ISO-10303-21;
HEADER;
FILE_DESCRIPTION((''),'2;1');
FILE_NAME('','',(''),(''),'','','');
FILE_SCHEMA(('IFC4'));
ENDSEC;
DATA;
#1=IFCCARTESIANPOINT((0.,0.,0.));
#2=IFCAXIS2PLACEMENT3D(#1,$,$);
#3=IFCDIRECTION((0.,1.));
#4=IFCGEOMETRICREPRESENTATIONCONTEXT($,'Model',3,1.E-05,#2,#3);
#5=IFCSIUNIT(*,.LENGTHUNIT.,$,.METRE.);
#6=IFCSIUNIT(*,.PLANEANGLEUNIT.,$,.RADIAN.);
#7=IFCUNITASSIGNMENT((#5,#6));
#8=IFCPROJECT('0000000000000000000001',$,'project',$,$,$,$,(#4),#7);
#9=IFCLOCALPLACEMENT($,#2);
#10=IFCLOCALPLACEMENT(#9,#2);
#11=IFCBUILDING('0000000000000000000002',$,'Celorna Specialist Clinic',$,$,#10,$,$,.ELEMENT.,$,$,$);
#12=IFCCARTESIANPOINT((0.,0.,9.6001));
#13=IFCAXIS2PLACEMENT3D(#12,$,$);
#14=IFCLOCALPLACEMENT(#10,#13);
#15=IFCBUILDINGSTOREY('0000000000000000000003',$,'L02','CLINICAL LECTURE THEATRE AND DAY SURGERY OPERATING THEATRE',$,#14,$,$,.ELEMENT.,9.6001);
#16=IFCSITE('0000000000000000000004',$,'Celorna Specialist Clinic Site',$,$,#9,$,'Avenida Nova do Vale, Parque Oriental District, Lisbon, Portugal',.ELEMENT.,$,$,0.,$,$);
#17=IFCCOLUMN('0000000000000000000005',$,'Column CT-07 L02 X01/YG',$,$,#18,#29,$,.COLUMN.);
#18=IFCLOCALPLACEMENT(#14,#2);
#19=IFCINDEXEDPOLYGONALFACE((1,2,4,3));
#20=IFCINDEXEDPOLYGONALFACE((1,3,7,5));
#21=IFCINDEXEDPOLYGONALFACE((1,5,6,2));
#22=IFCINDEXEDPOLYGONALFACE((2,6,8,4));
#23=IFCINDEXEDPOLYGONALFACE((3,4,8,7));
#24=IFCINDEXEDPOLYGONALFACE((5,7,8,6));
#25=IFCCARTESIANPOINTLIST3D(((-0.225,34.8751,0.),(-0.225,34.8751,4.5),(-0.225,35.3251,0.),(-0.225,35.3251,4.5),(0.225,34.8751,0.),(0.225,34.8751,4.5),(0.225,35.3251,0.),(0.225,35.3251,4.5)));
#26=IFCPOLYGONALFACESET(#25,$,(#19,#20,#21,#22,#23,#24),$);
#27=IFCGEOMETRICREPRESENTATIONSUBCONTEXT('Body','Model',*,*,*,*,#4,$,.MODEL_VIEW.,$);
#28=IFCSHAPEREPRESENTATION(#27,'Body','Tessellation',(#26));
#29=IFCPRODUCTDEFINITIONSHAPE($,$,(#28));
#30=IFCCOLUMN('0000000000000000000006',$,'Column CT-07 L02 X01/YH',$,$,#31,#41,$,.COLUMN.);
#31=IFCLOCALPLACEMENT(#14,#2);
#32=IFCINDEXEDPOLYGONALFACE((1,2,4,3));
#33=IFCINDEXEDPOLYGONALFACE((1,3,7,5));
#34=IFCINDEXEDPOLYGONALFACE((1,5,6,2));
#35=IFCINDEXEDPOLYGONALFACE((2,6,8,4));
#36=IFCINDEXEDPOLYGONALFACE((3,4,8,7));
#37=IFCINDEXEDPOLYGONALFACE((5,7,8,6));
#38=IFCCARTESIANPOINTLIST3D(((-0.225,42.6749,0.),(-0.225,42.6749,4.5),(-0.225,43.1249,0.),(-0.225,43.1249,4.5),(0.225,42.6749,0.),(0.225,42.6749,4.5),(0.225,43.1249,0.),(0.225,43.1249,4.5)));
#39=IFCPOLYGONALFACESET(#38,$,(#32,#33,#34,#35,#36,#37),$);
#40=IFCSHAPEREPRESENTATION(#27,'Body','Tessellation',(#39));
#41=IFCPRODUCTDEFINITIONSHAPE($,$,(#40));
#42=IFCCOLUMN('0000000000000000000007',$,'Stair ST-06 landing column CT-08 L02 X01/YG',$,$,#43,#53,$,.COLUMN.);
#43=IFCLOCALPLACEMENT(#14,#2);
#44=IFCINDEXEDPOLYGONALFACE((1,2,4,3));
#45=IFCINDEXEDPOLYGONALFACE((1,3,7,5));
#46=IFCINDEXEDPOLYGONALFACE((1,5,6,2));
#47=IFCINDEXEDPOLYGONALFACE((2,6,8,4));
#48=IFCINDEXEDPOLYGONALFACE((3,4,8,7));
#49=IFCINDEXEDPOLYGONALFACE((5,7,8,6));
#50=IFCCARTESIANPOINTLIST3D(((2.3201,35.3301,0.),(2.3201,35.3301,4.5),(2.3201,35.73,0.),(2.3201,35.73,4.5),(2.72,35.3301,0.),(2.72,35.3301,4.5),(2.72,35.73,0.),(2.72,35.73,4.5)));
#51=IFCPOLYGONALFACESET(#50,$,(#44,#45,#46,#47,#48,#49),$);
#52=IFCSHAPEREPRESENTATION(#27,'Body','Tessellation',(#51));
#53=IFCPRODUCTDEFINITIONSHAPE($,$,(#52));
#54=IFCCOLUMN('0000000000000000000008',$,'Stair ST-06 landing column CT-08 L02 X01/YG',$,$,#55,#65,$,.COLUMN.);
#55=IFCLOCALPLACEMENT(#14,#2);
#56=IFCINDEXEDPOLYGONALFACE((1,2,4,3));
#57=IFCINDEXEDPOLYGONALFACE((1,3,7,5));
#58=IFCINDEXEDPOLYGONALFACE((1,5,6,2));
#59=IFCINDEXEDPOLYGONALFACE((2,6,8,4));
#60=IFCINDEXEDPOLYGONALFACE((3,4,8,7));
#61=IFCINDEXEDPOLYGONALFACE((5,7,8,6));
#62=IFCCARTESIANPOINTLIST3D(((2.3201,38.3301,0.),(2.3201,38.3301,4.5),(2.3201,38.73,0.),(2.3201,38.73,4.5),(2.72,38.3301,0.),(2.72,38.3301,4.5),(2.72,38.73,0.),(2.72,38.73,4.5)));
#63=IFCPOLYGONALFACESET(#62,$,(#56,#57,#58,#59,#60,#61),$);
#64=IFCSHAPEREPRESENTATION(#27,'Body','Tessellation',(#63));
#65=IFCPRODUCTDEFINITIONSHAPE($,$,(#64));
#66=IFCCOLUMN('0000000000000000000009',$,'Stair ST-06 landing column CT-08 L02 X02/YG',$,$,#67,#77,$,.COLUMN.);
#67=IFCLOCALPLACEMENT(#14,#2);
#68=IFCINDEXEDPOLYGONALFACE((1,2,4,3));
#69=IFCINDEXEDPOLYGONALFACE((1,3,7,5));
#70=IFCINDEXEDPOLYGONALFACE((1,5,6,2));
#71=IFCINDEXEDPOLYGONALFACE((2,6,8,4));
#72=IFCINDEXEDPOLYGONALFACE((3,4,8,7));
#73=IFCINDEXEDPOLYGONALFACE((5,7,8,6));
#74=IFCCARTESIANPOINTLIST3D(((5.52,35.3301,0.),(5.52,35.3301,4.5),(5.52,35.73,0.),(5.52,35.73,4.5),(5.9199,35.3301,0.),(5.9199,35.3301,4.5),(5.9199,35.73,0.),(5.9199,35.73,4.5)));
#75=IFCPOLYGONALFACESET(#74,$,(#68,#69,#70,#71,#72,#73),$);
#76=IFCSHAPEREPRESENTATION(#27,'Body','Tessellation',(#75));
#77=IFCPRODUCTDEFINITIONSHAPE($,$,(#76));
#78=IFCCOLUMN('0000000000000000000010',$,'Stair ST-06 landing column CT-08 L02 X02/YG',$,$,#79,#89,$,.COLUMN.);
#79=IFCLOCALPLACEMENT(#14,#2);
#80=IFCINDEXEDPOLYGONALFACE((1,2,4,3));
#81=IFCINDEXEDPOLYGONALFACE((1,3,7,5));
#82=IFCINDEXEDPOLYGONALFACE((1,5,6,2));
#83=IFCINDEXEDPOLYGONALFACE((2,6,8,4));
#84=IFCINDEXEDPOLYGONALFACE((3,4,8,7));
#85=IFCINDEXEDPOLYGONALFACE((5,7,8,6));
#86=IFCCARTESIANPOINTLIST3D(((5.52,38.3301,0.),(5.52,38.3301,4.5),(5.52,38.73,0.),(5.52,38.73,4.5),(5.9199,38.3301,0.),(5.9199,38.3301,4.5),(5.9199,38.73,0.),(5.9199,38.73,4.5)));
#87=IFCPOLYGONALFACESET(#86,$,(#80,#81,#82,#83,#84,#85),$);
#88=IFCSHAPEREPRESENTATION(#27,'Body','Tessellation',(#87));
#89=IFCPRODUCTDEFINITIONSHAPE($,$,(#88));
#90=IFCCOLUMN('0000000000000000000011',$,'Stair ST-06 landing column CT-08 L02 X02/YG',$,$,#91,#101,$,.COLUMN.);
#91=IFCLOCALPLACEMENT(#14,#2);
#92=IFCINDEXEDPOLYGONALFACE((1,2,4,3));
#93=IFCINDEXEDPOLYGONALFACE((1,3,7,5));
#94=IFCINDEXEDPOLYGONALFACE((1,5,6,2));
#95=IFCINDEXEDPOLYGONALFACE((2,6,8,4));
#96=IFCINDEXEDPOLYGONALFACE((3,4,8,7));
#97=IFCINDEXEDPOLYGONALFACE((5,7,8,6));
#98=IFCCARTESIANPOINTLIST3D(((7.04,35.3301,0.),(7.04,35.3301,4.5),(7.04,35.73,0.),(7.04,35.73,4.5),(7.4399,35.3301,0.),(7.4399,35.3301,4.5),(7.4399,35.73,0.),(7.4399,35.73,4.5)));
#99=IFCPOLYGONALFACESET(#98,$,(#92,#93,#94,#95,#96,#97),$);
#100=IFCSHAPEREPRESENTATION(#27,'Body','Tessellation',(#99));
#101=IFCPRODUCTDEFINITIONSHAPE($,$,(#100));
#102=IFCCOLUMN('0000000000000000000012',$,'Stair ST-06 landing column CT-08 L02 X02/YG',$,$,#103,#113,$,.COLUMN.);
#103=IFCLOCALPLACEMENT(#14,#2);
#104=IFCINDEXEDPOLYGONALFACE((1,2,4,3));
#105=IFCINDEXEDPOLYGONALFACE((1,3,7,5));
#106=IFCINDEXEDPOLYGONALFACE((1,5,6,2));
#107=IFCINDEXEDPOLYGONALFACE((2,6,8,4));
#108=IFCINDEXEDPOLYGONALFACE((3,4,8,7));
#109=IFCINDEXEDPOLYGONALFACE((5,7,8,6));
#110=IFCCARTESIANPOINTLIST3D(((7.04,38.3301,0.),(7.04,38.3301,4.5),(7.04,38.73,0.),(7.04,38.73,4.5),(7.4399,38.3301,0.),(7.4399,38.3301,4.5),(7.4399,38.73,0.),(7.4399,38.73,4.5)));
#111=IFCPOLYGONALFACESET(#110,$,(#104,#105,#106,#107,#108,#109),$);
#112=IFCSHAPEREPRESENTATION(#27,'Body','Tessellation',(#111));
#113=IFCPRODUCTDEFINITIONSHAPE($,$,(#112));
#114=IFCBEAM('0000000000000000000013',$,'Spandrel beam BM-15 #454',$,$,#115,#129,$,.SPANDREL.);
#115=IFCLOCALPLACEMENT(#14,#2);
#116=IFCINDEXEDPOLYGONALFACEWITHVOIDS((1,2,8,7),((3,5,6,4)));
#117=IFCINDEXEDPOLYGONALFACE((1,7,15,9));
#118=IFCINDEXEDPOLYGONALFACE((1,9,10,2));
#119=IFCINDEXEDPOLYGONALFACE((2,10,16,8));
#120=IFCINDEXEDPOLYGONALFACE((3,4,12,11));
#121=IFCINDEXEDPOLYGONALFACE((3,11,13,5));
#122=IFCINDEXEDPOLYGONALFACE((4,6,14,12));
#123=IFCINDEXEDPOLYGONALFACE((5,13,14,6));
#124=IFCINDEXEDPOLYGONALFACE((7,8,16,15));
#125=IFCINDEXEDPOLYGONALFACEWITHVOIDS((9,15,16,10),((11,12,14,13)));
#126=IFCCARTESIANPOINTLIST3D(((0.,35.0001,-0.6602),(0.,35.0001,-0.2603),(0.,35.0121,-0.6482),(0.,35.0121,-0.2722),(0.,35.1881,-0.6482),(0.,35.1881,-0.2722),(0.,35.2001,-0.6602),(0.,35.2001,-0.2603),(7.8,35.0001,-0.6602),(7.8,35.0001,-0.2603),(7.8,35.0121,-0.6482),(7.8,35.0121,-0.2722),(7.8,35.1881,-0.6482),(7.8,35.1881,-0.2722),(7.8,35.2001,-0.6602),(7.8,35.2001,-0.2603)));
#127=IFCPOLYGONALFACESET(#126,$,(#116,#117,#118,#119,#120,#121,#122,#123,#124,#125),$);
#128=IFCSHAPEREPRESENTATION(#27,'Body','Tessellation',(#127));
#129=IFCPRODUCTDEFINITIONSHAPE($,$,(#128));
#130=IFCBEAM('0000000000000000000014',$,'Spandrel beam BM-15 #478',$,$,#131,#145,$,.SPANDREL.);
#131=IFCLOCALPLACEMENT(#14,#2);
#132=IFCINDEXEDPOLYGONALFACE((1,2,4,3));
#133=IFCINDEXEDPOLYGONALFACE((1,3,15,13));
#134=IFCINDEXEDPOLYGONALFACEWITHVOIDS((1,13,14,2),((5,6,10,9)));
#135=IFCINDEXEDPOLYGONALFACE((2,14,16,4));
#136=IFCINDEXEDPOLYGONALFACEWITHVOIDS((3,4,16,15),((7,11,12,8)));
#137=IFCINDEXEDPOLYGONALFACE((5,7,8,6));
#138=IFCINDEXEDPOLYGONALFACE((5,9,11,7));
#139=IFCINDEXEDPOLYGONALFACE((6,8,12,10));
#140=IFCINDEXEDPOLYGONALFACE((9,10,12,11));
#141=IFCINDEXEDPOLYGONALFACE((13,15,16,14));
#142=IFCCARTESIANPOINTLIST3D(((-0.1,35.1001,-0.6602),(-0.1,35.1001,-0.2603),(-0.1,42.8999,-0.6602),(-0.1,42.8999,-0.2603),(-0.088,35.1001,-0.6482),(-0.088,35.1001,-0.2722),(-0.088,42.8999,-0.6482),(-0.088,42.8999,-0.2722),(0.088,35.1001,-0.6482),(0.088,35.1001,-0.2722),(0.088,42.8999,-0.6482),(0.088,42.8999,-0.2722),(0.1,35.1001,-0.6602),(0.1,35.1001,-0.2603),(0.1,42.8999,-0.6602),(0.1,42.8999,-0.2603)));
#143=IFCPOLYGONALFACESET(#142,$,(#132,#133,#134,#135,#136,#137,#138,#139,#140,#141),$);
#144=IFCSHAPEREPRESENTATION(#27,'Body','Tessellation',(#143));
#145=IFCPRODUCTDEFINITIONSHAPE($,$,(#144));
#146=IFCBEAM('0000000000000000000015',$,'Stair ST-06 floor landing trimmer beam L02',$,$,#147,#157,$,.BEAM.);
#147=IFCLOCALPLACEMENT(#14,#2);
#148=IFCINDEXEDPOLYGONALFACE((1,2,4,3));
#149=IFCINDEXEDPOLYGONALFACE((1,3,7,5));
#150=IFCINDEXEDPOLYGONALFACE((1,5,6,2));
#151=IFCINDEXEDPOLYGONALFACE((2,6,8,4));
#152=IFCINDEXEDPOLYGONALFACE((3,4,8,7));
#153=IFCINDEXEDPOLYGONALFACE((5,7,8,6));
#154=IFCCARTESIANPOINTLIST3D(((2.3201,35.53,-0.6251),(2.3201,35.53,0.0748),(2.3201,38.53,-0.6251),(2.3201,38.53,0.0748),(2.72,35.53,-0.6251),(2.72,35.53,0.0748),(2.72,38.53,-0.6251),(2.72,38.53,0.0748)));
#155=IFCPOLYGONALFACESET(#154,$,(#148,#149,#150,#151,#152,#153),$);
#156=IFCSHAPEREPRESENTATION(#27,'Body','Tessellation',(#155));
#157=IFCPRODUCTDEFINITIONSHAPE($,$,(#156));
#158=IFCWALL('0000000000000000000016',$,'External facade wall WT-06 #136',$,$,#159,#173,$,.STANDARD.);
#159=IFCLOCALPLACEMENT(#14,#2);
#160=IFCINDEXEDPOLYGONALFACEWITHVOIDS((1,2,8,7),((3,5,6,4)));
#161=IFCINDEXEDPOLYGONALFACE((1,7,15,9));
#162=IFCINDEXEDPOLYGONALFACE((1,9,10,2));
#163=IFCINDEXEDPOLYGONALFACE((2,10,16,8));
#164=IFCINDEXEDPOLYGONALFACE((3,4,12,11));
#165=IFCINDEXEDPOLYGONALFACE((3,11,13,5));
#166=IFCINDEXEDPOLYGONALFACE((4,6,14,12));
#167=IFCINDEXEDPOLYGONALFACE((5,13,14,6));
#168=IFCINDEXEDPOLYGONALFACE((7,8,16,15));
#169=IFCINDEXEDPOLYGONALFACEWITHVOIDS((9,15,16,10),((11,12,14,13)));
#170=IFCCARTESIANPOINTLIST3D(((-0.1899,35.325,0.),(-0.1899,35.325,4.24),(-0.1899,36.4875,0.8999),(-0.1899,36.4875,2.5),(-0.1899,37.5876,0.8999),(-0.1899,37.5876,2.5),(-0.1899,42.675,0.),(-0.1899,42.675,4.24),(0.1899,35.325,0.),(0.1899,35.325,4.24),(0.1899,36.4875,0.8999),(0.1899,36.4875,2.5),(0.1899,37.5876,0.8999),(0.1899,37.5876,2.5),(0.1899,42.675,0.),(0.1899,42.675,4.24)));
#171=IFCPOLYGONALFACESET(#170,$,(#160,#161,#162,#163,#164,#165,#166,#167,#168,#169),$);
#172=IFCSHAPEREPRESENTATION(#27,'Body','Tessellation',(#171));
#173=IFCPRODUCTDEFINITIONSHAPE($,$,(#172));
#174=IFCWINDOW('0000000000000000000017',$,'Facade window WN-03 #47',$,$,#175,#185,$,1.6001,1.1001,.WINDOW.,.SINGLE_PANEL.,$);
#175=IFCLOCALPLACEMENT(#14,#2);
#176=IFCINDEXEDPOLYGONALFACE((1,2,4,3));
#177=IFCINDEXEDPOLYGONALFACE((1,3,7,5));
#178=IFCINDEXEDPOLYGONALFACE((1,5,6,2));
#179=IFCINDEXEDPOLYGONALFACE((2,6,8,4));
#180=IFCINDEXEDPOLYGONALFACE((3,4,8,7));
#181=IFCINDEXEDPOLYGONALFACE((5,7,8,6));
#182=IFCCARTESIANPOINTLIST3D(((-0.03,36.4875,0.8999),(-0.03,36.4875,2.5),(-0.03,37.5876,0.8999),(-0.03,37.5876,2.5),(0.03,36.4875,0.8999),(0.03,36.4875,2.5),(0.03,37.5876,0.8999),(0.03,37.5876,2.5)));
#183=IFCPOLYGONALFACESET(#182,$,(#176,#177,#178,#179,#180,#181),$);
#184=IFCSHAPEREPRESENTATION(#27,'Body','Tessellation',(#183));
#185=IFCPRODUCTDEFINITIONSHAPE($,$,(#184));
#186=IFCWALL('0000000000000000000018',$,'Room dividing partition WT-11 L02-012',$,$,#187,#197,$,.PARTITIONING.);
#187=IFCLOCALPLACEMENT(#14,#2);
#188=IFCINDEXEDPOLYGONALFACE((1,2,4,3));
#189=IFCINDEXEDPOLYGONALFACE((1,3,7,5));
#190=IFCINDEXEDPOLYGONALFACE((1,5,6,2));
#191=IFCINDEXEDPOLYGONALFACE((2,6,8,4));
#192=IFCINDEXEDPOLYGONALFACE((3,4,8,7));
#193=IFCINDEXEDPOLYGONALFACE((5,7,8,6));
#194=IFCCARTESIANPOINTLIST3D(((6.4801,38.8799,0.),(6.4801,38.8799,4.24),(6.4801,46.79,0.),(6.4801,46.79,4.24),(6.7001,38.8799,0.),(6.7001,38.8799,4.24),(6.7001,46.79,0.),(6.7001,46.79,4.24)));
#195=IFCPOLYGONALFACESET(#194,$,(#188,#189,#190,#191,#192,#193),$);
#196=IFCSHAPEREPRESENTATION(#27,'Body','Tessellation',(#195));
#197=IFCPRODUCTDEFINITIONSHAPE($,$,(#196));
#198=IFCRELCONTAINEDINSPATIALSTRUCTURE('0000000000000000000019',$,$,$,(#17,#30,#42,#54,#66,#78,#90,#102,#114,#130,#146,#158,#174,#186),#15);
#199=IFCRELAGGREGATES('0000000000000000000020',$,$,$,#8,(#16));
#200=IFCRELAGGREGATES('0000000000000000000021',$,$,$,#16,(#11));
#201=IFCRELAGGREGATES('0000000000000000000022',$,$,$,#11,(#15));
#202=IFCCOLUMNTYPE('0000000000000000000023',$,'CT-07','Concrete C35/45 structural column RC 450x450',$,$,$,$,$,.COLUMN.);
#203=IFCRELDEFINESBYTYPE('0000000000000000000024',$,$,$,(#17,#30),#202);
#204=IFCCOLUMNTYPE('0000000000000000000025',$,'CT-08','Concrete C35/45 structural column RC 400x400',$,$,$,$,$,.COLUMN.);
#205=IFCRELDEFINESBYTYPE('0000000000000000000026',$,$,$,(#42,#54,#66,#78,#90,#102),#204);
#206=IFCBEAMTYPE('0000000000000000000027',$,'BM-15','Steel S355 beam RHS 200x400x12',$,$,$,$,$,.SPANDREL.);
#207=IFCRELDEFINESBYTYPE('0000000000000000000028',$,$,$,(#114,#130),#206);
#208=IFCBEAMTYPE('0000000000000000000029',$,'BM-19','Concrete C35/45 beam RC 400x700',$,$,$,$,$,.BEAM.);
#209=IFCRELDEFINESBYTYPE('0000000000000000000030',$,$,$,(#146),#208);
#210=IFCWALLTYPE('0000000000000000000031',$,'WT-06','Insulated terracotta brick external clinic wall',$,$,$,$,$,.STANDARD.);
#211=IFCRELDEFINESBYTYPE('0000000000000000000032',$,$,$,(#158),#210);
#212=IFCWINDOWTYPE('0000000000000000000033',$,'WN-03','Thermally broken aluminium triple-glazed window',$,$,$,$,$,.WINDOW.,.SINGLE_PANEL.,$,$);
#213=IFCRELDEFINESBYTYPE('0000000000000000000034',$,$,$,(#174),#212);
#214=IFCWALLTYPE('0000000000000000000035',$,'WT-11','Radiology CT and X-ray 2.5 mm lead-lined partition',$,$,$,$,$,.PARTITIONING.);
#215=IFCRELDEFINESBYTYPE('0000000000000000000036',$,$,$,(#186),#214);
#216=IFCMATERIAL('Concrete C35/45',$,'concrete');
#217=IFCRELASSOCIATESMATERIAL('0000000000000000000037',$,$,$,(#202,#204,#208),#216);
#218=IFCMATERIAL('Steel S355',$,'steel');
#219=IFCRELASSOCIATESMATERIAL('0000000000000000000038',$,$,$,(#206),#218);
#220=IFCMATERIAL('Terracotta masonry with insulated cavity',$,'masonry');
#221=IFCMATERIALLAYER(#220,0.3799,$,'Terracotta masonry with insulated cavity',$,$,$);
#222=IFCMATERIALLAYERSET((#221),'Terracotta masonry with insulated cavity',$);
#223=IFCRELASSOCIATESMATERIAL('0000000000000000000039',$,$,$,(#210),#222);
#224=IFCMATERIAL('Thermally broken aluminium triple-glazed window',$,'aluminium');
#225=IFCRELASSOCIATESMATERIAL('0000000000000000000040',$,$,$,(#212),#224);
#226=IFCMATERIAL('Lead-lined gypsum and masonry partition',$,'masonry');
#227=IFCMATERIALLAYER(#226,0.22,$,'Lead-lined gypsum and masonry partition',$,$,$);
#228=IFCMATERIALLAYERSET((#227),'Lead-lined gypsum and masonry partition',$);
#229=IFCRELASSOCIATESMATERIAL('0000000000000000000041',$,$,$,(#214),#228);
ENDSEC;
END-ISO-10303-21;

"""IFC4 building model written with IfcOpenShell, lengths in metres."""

from ifc_helpers import new_model, si_unit, direction, frame, frame_2d, origin, origin_2d, place, context, subcontext, project, spatial, rectangle, hollow_rectangle, extrude, material, layer, layer_set, material_profile, profile_set, type_object, element, fill, save


model = new_model("IFC4")

# Units and contexts
model_context = context("Model", 3, precision=1e-05, world=origin(), true_north=direction((0.0, 1.0)))
body_context = subcontext(model_context, "Body", "Model", "MODEL_VIEW")
ifc_project = project(units=[si_unit("LENGTHUNIT", "METRE"), si_unit("PLANEANGLEUNIT", "RADIAN")], contexts=[model_context])

# Site, building, storey
site_placement = place(None, origin())
site = spatial("IfcSite", under=ifc_project, at=site_placement, Name="Celorna Specialist Clinic Site", LongName="Avenida Nova do Vale, Parque Oriental District, Lisbon, Portugal", CompositionType="ELEMENT", RefElevation=0.0)
building_placement = place(site_placement, origin())
building = spatial("IfcBuilding", under=site, at=building_placement, Name="Celorna Specialist Clinic", CompositionType="ELEMENT")
storey_placement = place(building_placement, frame((0.0, 0.0, 9.6001)))
storey = spatial("IfcBuildingStorey", under=building, at=storey_placement, Name="L02", Description="CLINICAL LECTURE THEATRE AND DAY SURGERY OPERATING THEATRE", CompositionType="ELEMENT", Elevation=9.6001)

# Columns
ifc_material_1 = material(Name="Concrete C35/45", Category="concrete")
ifc_material_profile_1 = material_profile(ifc_material_1, rectangle(XDim=0.45, YDim=0.45, at=origin_2d()), Name="RC 450x450")
ifc_profile_set_1 = profile_set([ifc_material_profile_1], Name="Concrete C35/45")
column_type_1 = type_object("IfcColumnType", Name="CT-07", Description="Concrete C35/45 structural column RC 450x450", PredefinedType="COLUMN", material=ifc_profile_set_1)
for number, where, z_axis, x_axis, name in (
    (1, (0.0, 35.1001, 0.0), (0.0, 0.0, 1.0), (1.0, 0.0, 0.0), "Column CT-07 L02 X01/YG"),
    (2, (0.0, 42.8999, 0.0), (0.0, 0.0, 1.0), (1.0, 0.0, 0.0), "Column CT-07 L02 X01/YH"),
):
    element("IfcColumn", number, at=place(storey_placement, frame(where, z_axis=z_axis, x_axis=x_axis)), inside=storey, type_object=column_type_1, Name=name, PredefinedType="COLUMN", context=body_context, shape_type="SweptSolid", body=[
        extrude(rectangle(XDim=0.45, YDim=0.45, at=origin_2d()), origin(), (0.0, 0.0, 1.0), 4.5),
    ])
ifc_material_profile_2 = material_profile(ifc_material_1, rectangle(XDim=0.3999, YDim=0.3999, at=origin_2d()), Name="RC 400x400")
ifc_profile_set_2 = profile_set([ifc_material_profile_2], Name="Concrete C35/45")
column_type_2 = type_object("IfcColumnType", Name="CT-08", Description="Concrete C35/45 structural column RC 400x400", PredefinedType="COLUMN", material=ifc_profile_set_2)
for number, where, z_axis, x_axis, name in (
    (3, (2.52, 35.53, 0.0), (0.0, 0.0, 1.0), (1.0, 0.0, 0.0), "Stair ST-06 landing column CT-08 L02 X01/YG"),
    (4, (2.52, 38.53, 0.0), (0.0, 0.0, 1.0), (1.0, 0.0, 0.0), "Stair ST-06 landing column CT-08 L02 X01/YG"),
    (5, (5.72, 35.53, 0.0), (0.0, 0.0, 1.0), (1.0, 0.0, 0.0), "Stair ST-06 landing column CT-08 L02 X02/YG"),
    (6, (5.72, 38.53, 0.0), (0.0, 0.0, 1.0), (1.0, 0.0, 0.0), "Stair ST-06 landing column CT-08 L02 X02/YG"),
    (7, (7.24, 35.53, 0.0), (0.0, 0.0, 1.0), (1.0, 0.0, 0.0), "Stair ST-06 landing column CT-08 L02 X02/YG"),
    (8, (7.24, 38.53, 0.0), (0.0, 0.0, 1.0), (1.0, 0.0, 0.0), "Stair ST-06 landing column CT-08 L02 X02/YG"),
):
    element("IfcColumn", number, at=place(storey_placement, frame(where, z_axis=z_axis, x_axis=x_axis)), inside=storey, type_object=column_type_2, Name=name, PredefinedType="COLUMN", context=body_context, shape_type="SweptSolid", body=[
        extrude(rectangle(XDim=0.3999, YDim=0.3999, at=origin_2d()), origin(), (0.0, 0.0, 1.0), 4.5),
    ])

# Beams
ifc_material_2 = material(Name="Steel S355", Category="steel")
ifc_material_profile_3 = material_profile(ifc_material_2, hollow_rectangle(XDim=0.2, YDim=0.3999, WallThickness=0.012, at=origin_2d()), Name="RHS 200x400x12")
ifc_profile_set_3 = profile_set([ifc_material_profile_3], Name="Steel S355")
beam_type_1 = type_object("IfcBeamType", Name="BM-15", Description="Steel S355 beam RHS 200x400x12", PredefinedType="SPANDREL", material=ifc_profile_set_3)
beam_1_placement = place(storey_placement, frame((0.0, 35.1001, -0.4602), z_axis=(1.0, 0.0, 0.0), x_axis=(0.0, 1.0, 0.0)))
element("IfcBeam", 9, at=beam_1_placement, inside=storey, type_object=beam_type_1, Name="Spandrel beam BM-15 #454", PredefinedType="SPANDREL", context=body_context, shape_type="SweptSolid", body=[
    extrude(hollow_rectangle(XDim=0.2, YDim=0.3999, WallThickness=0.012, at=origin_2d()), origin(), (0.0, 0.0, 1.0), 7.8),
])
beam_2_placement = place(storey_placement, frame((0.0, 35.1001, -0.4602), z_axis=(0.0, 1.0, 0.0), x_axis=(-1.0, 0.0, 0.0)))
element("IfcBeam", 10, at=beam_2_placement, inside=storey, type_object=beam_type_1, Name="Spandrel beam BM-15 #478", PredefinedType="SPANDREL", context=body_context, shape_type="SweptSolid", body=[
    extrude(hollow_rectangle(XDim=0.2, YDim=0.3999, WallThickness=0.012, at=origin_2d()), origin(), (0.0, 0.0, 1.0), 7.7998),
])
ifc_material_profile_4 = material_profile(ifc_material_1, rectangle(XDim=0.3999, YDim=0.7, at=origin_2d()), Name="RC 400x700")
ifc_profile_set_4 = profile_set([ifc_material_profile_4], Name="Concrete C35/45")
beam_type_2 = type_object("IfcBeamType", Name="BM-19", Description="Concrete C35/45 beam RC 400x700", PredefinedType="BEAM", material=ifc_profile_set_4)
beam_3_placement = place(storey_placement, frame((2.52, 35.53, -0.2751), z_axis=(0.0, 1.0, 0.0), x_axis=(-1.0, 0.0, 0.0)))
element("IfcBeam", 11, at=beam_3_placement, inside=storey, type_object=beam_type_2, Name="Stair ST-06 floor landing trimmer beam L02", PredefinedType="BEAM", context=body_context, shape_type="SweptSolid", body=[
    extrude(rectangle(XDim=0.3999, YDim=0.7, at=origin_2d()), origin(), (0.0, 0.0, 1.0), 3.0),
])

# Wall, opening, window
ifc_material_3 = material(Name="Terracotta masonry with insulated cavity", Category="masonry")
ifc_layer_1 = layer(ifc_material_3, 0.3799, Name="Terracotta masonry with insulated cavity")
ifc_layer_set_1 = layer_set([ifc_layer_1], Name="Terracotta masonry with insulated cavity")
wall_type_1 = type_object("IfcWallType", Name="WT-06", Description="Insulated terracotta brick external clinic wall", PredefinedType="STANDARD", material=ifc_layer_set_1)
wall_1_placement = place(storey_placement, frame((0.0, 35.325, 0.0), z_axis=(0.0, 0.0, 1.0), x_axis=(0.0, 1.0, 0.0)))
wall_1 = element("IfcWall", 12, at=wall_1_placement, inside=storey, type_object=wall_type_1, Name="External facade wall WT-06 #136", PredefinedType="STANDARD", context=body_context, shape_type="SweptSolid", body=[
    extrude(rectangle(XDim=7.3501, YDim=0.3799, at=frame_2d((3.675, 0.0))), origin(), (0.0, 0.0, 1.0), 4.24),
])
opening_placement = place(wall_1_placement, frame((1.1626, 0.0, 0.8999)))
opening = element("IfcOpeningElement", 13, at=opening_placement, cuts=wall_1, PredefinedType="OPENING", context=body_context, shape_type="SweptSolid", body=[
    extrude(rectangle(XDim=1.1001, YDim=1.6001, at=frame_2d((0.55, 0.8))), frame((0.0, 0.2, 0.0), z_axis=(0.0, -1.0, 0.0), x_axis=(1.0, 0.0, 0.0)), (0.0, 0.0, 1.0), 0.3999),
])
ifc_material_4 = material(Name="Thermally broken aluminium triple-glazed window", Category="aluminium")
window_type = type_object("IfcWindowType", Name="WN-03", Description="Thermally broken aluminium triple-glazed window", PartitioningType="SINGLE_PANEL", PredefinedType="WINDOW", material=ifc_material_4)
window_placement = place(opening_placement, origin())
window = element("IfcWindow", 14, at=window_placement, inside=storey, type_object=window_type, Name="Facade window WN-03 #47", OverallHeight=1.6001, OverallWidth=1.1001, PartitioningType="SINGLE_PANEL", PredefinedType="WINDOW", context=body_context, shape_type="SweptSolid", body=[
    extrude(rectangle(XDim=1.1001, YDim=1.6001, at=frame_2d((0.55, 0.8))), frame((0.0, 0.03, 0.0), z_axis=(0.0, -1.0, 0.0), x_axis=(1.0, 0.0, 0.0)), (0.0, 0.0, 1.0), 0.0601),
])
fill(opening, window)

# Wall
ifc_material_5 = material(Name="Lead-lined gypsum and masonry partition", Category="masonry")
ifc_layer_2 = layer(ifc_material_5, 0.22, Name="Lead-lined gypsum and masonry partition")
ifc_layer_set_2 = layer_set([ifc_layer_2], Name="Lead-lined gypsum and masonry partition")
wall_type_2 = type_object("IfcWallType", Name="WT-11", Description="Radiology CT and X-ray 2.5 mm lead-lined partition", PredefinedType="PARTITIONING", material=ifc_layer_set_2)
wall_2_placement = place(storey_placement, frame((6.5901, 38.8799, 0.0), z_axis=(0.0, 0.0, 1.0), x_axis=(0.0, 1.0, 0.0)))
element("IfcWall", 15, at=wall_2_placement, inside=storey, type_object=wall_type_2, Name="Room dividing partition WT-11 L02-012", PredefinedType="PARTITIONING", context=body_context, shape_type="SweptSolid", body=[
    extrude(rectangle(XDim=7.9102, YDim=0.22, at=frame_2d((3.9551, 0.0))), origin(), (0.0, 0.0, 1.0), 4.24),
])

save(model, "model.ifc")
